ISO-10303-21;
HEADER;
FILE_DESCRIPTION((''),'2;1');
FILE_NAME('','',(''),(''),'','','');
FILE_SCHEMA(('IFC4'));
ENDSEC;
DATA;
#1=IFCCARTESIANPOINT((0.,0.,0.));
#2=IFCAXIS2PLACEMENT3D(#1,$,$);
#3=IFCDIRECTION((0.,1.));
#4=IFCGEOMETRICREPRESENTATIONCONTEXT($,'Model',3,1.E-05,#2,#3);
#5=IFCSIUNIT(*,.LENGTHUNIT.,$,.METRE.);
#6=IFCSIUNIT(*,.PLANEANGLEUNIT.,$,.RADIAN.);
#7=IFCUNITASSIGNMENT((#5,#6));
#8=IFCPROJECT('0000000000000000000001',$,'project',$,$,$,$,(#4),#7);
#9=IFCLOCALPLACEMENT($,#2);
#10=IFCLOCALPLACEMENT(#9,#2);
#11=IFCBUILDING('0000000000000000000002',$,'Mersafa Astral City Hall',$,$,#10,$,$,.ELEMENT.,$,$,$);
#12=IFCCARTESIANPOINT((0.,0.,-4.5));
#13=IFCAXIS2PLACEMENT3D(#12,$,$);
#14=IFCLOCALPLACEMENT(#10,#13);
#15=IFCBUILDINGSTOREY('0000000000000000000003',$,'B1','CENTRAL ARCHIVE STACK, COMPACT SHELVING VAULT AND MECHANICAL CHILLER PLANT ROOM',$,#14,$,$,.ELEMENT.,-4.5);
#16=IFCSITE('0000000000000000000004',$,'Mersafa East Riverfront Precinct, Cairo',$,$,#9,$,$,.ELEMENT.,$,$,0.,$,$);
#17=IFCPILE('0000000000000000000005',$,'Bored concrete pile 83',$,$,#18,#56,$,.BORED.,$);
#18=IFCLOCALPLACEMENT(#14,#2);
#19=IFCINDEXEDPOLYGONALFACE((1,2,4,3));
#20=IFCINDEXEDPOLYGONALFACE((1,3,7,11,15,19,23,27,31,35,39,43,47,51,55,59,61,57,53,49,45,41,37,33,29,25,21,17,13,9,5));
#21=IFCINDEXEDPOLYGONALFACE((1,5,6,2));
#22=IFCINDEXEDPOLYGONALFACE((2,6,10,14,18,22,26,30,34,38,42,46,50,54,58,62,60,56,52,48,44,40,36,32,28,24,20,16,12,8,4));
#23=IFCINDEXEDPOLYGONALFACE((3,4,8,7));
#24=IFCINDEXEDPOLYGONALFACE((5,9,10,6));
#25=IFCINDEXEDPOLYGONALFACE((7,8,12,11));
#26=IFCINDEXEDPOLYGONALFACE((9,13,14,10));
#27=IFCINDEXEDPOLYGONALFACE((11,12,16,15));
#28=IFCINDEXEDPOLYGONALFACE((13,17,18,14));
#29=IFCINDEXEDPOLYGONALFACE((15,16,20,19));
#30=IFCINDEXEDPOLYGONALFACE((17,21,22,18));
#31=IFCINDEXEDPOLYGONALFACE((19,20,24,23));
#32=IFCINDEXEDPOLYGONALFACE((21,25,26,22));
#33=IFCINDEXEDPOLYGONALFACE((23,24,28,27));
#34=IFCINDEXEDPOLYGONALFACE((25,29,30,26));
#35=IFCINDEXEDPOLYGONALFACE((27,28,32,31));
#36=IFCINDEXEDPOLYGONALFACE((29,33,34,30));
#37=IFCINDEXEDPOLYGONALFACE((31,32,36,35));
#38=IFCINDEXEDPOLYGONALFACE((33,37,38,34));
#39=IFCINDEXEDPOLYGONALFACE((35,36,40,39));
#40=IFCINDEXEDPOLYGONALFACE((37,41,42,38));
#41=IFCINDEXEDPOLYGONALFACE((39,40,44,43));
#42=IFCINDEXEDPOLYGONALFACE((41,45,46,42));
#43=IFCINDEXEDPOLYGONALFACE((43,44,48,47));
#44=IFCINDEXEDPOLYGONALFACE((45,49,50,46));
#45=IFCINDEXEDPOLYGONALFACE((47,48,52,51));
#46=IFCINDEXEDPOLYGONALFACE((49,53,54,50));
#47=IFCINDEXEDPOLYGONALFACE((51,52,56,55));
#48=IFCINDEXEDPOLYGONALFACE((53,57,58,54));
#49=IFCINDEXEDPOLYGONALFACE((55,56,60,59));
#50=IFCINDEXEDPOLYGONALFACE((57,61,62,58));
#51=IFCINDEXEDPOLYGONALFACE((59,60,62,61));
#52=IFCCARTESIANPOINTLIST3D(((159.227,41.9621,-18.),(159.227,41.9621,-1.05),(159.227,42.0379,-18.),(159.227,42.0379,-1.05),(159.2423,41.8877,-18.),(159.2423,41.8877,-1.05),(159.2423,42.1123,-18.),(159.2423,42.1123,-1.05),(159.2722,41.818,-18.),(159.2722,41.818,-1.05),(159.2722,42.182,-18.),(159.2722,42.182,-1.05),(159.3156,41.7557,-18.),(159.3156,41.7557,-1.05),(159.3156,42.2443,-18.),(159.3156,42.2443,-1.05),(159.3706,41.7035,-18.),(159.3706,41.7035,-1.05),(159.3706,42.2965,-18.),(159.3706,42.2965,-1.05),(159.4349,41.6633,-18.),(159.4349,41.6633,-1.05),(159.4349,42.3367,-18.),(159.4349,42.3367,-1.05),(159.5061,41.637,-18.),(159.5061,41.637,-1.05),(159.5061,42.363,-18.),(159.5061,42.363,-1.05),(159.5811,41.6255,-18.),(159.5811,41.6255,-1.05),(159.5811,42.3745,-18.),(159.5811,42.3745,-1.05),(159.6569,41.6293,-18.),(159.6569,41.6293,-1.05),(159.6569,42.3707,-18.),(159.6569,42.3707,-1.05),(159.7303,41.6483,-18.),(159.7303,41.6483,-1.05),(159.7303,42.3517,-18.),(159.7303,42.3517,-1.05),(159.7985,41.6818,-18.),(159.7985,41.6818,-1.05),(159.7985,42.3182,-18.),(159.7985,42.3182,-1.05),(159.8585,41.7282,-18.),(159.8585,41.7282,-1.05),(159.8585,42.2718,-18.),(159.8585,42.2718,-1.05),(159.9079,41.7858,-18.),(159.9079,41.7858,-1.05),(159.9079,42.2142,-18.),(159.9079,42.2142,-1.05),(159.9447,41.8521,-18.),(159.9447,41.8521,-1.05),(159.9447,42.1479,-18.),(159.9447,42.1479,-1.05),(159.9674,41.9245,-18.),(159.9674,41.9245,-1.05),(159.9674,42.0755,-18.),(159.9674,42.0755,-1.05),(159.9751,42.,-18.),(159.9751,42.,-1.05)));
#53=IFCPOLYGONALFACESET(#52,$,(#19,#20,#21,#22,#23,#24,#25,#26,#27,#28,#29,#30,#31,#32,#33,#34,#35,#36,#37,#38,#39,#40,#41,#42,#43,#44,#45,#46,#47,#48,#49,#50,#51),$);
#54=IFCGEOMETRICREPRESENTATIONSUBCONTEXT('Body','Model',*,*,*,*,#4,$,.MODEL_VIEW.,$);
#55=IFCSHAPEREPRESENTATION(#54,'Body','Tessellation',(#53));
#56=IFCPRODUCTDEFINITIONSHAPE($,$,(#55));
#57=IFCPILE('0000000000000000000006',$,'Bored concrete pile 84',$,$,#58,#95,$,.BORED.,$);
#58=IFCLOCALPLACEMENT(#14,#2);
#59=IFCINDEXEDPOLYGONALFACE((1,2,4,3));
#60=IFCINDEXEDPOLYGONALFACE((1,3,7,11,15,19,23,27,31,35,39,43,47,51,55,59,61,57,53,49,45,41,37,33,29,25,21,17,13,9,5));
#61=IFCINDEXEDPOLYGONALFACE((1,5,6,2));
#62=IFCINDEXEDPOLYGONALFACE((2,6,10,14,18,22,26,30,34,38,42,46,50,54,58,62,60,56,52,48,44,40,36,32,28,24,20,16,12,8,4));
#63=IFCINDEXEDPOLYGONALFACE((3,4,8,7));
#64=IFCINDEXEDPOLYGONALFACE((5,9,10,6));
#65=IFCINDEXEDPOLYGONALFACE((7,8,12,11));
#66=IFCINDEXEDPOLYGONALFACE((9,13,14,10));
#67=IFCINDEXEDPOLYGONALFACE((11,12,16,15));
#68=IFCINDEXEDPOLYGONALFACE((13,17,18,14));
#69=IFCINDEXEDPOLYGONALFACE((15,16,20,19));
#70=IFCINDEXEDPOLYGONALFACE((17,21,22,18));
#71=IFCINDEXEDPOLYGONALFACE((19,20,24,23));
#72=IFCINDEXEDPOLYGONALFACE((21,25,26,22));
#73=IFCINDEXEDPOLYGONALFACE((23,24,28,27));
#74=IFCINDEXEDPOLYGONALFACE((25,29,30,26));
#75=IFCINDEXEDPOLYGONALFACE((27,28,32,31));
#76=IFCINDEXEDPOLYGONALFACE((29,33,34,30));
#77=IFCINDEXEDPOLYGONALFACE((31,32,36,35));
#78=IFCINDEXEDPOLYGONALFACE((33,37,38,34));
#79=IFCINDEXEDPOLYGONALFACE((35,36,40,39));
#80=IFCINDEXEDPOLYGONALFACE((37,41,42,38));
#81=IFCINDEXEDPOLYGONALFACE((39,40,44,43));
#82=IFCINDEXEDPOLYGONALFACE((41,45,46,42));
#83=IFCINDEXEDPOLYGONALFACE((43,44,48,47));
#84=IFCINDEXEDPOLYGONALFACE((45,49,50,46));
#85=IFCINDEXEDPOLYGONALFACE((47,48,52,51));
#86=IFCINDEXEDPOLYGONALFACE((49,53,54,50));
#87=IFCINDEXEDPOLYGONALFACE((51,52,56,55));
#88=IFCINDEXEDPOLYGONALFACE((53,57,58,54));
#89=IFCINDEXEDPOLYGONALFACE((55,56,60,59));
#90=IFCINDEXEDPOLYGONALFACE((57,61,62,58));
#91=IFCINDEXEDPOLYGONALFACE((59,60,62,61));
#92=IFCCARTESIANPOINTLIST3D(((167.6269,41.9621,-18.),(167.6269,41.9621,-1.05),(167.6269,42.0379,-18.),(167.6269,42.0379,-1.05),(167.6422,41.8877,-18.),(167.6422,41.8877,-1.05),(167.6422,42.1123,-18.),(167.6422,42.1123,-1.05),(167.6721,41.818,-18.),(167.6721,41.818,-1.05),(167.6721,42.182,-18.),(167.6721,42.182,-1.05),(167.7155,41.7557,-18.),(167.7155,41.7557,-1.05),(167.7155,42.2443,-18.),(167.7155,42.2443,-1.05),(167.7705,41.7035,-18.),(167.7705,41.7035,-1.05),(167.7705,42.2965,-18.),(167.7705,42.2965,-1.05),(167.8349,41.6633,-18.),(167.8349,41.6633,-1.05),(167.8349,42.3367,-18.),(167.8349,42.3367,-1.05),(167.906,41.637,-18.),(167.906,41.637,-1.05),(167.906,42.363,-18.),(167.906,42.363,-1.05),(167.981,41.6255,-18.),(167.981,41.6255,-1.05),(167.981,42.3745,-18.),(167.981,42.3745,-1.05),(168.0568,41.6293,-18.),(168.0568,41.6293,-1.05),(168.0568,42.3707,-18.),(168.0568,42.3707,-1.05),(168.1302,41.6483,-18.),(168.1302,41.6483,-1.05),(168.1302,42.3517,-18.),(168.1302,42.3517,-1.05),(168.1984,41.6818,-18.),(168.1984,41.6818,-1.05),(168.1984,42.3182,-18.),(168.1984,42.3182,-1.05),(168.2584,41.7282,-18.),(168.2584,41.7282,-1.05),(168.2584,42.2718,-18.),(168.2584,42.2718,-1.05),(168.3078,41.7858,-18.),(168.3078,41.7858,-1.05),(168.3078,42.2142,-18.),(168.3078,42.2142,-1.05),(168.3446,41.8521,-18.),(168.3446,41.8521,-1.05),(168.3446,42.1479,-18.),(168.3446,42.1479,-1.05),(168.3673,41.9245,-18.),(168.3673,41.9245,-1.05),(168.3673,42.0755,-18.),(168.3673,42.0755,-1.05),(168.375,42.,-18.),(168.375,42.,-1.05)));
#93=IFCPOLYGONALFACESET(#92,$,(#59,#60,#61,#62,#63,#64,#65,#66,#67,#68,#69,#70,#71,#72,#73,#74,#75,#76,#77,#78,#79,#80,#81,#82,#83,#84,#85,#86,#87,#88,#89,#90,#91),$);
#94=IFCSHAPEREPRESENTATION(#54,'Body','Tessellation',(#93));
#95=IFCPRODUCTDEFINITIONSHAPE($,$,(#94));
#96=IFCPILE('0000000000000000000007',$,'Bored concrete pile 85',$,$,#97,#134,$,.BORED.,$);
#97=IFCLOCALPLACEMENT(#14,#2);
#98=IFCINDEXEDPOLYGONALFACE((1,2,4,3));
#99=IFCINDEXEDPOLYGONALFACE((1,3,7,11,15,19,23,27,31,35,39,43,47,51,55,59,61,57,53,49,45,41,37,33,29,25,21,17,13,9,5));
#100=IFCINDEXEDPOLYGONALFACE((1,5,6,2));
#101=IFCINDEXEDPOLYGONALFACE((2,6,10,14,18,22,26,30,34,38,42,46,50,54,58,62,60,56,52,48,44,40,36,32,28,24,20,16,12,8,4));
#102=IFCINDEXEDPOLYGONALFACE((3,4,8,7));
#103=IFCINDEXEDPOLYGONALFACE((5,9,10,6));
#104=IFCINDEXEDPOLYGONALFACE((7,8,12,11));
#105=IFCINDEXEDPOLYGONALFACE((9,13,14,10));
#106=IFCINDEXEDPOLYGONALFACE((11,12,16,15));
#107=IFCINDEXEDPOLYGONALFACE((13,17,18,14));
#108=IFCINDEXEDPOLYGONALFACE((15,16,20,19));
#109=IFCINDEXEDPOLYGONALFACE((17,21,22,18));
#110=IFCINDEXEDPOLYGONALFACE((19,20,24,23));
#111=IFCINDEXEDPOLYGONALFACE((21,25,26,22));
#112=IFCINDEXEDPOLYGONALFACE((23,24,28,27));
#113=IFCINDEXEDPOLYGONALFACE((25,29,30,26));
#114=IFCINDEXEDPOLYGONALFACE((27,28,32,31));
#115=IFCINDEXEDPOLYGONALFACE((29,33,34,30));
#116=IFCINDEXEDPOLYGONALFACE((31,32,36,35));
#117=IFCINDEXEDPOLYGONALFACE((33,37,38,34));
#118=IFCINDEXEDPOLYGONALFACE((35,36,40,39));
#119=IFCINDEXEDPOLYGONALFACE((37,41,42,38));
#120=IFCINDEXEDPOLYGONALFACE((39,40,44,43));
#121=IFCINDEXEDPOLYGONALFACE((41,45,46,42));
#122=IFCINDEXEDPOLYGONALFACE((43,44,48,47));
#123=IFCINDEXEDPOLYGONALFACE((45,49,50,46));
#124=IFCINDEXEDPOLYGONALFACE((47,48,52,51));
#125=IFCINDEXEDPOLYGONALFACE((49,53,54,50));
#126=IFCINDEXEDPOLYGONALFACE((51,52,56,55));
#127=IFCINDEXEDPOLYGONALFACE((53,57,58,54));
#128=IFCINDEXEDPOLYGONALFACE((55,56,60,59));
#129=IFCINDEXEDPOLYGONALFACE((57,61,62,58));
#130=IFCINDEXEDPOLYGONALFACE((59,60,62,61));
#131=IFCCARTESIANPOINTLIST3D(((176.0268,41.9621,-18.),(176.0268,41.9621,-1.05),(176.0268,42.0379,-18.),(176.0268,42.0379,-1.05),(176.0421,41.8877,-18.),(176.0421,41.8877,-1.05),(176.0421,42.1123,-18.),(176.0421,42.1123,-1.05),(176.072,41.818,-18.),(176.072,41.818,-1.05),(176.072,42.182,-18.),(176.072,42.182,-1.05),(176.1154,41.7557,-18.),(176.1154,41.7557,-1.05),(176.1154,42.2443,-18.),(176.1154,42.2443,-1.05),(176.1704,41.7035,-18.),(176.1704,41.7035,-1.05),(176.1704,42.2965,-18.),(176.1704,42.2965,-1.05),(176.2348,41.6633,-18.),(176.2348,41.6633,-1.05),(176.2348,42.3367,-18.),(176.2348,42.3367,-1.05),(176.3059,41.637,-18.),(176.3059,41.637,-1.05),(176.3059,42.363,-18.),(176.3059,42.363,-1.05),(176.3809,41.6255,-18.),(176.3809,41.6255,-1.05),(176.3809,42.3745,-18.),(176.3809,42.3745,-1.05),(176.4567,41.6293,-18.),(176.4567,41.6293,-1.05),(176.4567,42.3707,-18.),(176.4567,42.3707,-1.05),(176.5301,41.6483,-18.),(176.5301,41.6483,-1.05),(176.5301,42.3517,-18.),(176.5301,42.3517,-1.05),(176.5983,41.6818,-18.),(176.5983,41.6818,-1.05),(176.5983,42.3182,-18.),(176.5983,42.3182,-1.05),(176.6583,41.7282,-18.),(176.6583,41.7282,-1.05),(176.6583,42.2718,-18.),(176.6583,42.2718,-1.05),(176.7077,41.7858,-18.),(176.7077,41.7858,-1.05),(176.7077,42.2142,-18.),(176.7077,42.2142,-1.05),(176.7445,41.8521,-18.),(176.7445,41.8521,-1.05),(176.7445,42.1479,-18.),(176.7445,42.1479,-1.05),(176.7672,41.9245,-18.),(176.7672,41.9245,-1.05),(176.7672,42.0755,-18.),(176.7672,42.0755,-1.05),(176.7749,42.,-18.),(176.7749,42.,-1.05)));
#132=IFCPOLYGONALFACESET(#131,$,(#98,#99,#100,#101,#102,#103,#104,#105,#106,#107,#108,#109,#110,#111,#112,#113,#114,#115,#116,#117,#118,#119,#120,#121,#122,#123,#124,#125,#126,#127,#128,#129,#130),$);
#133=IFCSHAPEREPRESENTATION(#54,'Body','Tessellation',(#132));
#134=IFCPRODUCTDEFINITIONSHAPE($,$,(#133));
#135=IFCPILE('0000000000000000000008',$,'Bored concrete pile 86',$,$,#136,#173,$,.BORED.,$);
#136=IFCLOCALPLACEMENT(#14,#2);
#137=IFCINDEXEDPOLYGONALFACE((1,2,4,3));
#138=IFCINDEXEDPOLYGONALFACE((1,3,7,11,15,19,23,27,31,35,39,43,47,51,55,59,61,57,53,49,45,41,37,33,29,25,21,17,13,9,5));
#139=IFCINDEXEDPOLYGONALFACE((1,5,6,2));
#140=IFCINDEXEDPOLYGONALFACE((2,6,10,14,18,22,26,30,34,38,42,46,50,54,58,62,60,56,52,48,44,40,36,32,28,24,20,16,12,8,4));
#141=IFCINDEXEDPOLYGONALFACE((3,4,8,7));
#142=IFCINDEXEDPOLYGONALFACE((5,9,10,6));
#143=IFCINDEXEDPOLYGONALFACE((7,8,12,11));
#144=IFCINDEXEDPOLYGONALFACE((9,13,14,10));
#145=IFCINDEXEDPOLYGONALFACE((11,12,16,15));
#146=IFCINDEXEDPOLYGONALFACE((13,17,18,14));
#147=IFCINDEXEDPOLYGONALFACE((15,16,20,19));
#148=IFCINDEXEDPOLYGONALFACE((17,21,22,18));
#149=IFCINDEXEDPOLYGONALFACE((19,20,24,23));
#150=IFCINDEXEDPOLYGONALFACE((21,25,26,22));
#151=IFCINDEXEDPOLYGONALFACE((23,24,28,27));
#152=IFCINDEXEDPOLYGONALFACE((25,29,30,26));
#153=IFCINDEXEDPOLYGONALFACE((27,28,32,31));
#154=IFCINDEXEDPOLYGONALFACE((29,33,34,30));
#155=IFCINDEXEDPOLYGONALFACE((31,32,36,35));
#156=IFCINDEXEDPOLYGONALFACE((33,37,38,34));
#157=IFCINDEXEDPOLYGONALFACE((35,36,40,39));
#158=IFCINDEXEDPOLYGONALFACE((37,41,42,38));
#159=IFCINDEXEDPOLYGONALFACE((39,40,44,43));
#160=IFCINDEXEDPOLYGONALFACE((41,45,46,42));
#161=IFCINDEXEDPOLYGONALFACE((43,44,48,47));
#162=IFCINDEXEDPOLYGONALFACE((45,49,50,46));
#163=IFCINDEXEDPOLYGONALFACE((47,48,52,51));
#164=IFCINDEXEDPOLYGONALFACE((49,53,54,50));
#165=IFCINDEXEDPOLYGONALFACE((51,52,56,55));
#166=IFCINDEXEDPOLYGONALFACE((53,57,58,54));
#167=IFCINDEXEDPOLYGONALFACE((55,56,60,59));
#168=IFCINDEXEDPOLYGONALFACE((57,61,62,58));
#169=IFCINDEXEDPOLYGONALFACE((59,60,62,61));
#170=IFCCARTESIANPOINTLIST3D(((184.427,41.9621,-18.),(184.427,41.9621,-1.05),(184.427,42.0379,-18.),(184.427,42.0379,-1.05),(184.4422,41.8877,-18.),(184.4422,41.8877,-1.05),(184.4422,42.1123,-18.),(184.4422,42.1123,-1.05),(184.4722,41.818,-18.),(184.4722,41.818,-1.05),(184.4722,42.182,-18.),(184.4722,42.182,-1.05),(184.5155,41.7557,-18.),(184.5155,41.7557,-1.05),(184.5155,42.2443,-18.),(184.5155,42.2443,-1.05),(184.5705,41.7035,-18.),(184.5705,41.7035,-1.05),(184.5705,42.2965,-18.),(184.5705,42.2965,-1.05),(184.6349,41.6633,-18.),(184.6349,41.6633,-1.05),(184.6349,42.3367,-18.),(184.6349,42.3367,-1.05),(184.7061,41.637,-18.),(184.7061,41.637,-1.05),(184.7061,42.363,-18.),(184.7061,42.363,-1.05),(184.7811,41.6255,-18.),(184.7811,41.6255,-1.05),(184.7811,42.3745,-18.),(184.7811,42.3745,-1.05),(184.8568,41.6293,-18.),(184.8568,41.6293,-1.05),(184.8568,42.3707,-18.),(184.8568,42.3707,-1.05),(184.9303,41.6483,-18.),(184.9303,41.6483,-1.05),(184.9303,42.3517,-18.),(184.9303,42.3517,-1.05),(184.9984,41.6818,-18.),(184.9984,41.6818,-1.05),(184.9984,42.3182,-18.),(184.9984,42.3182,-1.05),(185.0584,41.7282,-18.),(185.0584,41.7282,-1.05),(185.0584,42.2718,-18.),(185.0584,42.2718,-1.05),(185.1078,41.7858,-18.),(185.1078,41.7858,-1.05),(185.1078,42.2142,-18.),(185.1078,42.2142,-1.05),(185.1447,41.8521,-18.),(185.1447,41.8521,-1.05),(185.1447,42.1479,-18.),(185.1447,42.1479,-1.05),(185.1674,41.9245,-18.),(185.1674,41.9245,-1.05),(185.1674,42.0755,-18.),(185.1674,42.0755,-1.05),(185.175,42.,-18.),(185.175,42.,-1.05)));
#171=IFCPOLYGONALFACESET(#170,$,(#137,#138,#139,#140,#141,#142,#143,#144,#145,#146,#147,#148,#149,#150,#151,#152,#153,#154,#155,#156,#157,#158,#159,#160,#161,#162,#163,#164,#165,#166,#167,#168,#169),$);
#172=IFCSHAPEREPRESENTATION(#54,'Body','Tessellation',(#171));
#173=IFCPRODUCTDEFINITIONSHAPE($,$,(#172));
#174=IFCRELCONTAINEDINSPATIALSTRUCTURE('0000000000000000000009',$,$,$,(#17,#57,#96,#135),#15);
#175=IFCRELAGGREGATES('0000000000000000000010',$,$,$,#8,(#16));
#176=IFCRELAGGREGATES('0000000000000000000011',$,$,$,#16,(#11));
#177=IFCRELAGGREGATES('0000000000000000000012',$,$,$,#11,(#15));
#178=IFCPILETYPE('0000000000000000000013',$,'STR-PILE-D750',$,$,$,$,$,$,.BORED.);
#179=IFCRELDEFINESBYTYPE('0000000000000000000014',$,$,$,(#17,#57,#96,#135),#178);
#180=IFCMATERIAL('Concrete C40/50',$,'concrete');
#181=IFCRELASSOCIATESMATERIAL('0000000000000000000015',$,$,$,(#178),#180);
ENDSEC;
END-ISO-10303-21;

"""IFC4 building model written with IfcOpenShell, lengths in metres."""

from ifc_helpers import new_model, si_unit, direction, frame, origin, origin_2d, place, context, subcontext, project, spatial, circle, extrude, material, material_profile, profile_set, type_object, element, save


model = new_model("IFC4")

# Units and contexts
model_context = context("Model", 3, precision=1e-05, world=origin(), true_north=direction((0.0, 1.0)))
body_context = subcontext(model_context, "Body", "Model", "MODEL_VIEW")
ifc_project = project(units=[si_unit("LENGTHUNIT", "METRE"), si_unit("PLANEANGLEUNIT", "RADIAN")], contexts=[model_context])

# Site, building, storey
site_placement = place(None, origin())
site = spatial("IfcSite", under=ifc_project, at=site_placement, Name="Mersafa East Riverfront Precinct, Cairo", CompositionType="ELEMENT", RefElevation=0.0)
building_placement = place(site_placement, origin())
building = spatial("IfcBuilding", under=site, at=building_placement, Name="Mersafa Astral City Hall", CompositionType="ELEMENT")
storey_placement = place(building_placement, frame((0.0, 0.0, -4.5)))
storey = spatial("IfcBuildingStorey", under=building, at=storey_placement, Name="B1", Description="CENTRAL ARCHIVE STACK, COMPACT SHELVING VAULT AND MECHANICAL CHILLER PLANT ROOM", CompositionType="ELEMENT", Elevation=-4.5)

# Shared definitions
ifc_material = material(Name="Concrete C40/50", Category="concrete")

# Piles
ifc_material_profile_1 = material_profile(ifc_material, circle(Radius=0.375, at=origin_2d()), Name="PILE D750")
ifc_profile_set_1 = profile_set([ifc_material_profile_1], Name="Concrete C40/50")
pile_type_1 = type_object("IfcPileType", Name="STR-PILE-D750", PredefinedType="BORED", material=ifc_profile_set_1)
for number, where, z_axis, x_axis, name in (
    (1, (159.6001, 42.0, -1.05), (0.0, 0.0, -1.0), (1.0, 0.0, 0.0), "Bored concrete pile 83"),
    (2, (168.0, 42.0, -1.05), (0.0, 0.0, -1.0), (1.0, 0.0, 0.0), "Bored concrete pile 84"),
    (3, (176.3999, 42.0, -1.05), (0.0, 0.0, -1.0), (1.0, 0.0, 0.0), "Bored concrete pile 85"),
    (4, (184.8, 42.0, -1.05), (0.0, 0.0, -1.0), (1.0, 0.0, 0.0), "Bored concrete pile 86"),
):
    element("IfcPile", number, at=place(storey_placement, frame(where, z_axis=z_axis, x_axis=x_axis)), inside=storey, type_object=pile_type_1, Name=name, PredefinedType="BORED", context=body_context, shape_type="SweptSolid", body=[
        extrude(circle(Radius=0.375, at=origin_2d()), origin(), (0.0, 0.0, 1.0), 16.95),
    ])

save(model, "model.ifc")
